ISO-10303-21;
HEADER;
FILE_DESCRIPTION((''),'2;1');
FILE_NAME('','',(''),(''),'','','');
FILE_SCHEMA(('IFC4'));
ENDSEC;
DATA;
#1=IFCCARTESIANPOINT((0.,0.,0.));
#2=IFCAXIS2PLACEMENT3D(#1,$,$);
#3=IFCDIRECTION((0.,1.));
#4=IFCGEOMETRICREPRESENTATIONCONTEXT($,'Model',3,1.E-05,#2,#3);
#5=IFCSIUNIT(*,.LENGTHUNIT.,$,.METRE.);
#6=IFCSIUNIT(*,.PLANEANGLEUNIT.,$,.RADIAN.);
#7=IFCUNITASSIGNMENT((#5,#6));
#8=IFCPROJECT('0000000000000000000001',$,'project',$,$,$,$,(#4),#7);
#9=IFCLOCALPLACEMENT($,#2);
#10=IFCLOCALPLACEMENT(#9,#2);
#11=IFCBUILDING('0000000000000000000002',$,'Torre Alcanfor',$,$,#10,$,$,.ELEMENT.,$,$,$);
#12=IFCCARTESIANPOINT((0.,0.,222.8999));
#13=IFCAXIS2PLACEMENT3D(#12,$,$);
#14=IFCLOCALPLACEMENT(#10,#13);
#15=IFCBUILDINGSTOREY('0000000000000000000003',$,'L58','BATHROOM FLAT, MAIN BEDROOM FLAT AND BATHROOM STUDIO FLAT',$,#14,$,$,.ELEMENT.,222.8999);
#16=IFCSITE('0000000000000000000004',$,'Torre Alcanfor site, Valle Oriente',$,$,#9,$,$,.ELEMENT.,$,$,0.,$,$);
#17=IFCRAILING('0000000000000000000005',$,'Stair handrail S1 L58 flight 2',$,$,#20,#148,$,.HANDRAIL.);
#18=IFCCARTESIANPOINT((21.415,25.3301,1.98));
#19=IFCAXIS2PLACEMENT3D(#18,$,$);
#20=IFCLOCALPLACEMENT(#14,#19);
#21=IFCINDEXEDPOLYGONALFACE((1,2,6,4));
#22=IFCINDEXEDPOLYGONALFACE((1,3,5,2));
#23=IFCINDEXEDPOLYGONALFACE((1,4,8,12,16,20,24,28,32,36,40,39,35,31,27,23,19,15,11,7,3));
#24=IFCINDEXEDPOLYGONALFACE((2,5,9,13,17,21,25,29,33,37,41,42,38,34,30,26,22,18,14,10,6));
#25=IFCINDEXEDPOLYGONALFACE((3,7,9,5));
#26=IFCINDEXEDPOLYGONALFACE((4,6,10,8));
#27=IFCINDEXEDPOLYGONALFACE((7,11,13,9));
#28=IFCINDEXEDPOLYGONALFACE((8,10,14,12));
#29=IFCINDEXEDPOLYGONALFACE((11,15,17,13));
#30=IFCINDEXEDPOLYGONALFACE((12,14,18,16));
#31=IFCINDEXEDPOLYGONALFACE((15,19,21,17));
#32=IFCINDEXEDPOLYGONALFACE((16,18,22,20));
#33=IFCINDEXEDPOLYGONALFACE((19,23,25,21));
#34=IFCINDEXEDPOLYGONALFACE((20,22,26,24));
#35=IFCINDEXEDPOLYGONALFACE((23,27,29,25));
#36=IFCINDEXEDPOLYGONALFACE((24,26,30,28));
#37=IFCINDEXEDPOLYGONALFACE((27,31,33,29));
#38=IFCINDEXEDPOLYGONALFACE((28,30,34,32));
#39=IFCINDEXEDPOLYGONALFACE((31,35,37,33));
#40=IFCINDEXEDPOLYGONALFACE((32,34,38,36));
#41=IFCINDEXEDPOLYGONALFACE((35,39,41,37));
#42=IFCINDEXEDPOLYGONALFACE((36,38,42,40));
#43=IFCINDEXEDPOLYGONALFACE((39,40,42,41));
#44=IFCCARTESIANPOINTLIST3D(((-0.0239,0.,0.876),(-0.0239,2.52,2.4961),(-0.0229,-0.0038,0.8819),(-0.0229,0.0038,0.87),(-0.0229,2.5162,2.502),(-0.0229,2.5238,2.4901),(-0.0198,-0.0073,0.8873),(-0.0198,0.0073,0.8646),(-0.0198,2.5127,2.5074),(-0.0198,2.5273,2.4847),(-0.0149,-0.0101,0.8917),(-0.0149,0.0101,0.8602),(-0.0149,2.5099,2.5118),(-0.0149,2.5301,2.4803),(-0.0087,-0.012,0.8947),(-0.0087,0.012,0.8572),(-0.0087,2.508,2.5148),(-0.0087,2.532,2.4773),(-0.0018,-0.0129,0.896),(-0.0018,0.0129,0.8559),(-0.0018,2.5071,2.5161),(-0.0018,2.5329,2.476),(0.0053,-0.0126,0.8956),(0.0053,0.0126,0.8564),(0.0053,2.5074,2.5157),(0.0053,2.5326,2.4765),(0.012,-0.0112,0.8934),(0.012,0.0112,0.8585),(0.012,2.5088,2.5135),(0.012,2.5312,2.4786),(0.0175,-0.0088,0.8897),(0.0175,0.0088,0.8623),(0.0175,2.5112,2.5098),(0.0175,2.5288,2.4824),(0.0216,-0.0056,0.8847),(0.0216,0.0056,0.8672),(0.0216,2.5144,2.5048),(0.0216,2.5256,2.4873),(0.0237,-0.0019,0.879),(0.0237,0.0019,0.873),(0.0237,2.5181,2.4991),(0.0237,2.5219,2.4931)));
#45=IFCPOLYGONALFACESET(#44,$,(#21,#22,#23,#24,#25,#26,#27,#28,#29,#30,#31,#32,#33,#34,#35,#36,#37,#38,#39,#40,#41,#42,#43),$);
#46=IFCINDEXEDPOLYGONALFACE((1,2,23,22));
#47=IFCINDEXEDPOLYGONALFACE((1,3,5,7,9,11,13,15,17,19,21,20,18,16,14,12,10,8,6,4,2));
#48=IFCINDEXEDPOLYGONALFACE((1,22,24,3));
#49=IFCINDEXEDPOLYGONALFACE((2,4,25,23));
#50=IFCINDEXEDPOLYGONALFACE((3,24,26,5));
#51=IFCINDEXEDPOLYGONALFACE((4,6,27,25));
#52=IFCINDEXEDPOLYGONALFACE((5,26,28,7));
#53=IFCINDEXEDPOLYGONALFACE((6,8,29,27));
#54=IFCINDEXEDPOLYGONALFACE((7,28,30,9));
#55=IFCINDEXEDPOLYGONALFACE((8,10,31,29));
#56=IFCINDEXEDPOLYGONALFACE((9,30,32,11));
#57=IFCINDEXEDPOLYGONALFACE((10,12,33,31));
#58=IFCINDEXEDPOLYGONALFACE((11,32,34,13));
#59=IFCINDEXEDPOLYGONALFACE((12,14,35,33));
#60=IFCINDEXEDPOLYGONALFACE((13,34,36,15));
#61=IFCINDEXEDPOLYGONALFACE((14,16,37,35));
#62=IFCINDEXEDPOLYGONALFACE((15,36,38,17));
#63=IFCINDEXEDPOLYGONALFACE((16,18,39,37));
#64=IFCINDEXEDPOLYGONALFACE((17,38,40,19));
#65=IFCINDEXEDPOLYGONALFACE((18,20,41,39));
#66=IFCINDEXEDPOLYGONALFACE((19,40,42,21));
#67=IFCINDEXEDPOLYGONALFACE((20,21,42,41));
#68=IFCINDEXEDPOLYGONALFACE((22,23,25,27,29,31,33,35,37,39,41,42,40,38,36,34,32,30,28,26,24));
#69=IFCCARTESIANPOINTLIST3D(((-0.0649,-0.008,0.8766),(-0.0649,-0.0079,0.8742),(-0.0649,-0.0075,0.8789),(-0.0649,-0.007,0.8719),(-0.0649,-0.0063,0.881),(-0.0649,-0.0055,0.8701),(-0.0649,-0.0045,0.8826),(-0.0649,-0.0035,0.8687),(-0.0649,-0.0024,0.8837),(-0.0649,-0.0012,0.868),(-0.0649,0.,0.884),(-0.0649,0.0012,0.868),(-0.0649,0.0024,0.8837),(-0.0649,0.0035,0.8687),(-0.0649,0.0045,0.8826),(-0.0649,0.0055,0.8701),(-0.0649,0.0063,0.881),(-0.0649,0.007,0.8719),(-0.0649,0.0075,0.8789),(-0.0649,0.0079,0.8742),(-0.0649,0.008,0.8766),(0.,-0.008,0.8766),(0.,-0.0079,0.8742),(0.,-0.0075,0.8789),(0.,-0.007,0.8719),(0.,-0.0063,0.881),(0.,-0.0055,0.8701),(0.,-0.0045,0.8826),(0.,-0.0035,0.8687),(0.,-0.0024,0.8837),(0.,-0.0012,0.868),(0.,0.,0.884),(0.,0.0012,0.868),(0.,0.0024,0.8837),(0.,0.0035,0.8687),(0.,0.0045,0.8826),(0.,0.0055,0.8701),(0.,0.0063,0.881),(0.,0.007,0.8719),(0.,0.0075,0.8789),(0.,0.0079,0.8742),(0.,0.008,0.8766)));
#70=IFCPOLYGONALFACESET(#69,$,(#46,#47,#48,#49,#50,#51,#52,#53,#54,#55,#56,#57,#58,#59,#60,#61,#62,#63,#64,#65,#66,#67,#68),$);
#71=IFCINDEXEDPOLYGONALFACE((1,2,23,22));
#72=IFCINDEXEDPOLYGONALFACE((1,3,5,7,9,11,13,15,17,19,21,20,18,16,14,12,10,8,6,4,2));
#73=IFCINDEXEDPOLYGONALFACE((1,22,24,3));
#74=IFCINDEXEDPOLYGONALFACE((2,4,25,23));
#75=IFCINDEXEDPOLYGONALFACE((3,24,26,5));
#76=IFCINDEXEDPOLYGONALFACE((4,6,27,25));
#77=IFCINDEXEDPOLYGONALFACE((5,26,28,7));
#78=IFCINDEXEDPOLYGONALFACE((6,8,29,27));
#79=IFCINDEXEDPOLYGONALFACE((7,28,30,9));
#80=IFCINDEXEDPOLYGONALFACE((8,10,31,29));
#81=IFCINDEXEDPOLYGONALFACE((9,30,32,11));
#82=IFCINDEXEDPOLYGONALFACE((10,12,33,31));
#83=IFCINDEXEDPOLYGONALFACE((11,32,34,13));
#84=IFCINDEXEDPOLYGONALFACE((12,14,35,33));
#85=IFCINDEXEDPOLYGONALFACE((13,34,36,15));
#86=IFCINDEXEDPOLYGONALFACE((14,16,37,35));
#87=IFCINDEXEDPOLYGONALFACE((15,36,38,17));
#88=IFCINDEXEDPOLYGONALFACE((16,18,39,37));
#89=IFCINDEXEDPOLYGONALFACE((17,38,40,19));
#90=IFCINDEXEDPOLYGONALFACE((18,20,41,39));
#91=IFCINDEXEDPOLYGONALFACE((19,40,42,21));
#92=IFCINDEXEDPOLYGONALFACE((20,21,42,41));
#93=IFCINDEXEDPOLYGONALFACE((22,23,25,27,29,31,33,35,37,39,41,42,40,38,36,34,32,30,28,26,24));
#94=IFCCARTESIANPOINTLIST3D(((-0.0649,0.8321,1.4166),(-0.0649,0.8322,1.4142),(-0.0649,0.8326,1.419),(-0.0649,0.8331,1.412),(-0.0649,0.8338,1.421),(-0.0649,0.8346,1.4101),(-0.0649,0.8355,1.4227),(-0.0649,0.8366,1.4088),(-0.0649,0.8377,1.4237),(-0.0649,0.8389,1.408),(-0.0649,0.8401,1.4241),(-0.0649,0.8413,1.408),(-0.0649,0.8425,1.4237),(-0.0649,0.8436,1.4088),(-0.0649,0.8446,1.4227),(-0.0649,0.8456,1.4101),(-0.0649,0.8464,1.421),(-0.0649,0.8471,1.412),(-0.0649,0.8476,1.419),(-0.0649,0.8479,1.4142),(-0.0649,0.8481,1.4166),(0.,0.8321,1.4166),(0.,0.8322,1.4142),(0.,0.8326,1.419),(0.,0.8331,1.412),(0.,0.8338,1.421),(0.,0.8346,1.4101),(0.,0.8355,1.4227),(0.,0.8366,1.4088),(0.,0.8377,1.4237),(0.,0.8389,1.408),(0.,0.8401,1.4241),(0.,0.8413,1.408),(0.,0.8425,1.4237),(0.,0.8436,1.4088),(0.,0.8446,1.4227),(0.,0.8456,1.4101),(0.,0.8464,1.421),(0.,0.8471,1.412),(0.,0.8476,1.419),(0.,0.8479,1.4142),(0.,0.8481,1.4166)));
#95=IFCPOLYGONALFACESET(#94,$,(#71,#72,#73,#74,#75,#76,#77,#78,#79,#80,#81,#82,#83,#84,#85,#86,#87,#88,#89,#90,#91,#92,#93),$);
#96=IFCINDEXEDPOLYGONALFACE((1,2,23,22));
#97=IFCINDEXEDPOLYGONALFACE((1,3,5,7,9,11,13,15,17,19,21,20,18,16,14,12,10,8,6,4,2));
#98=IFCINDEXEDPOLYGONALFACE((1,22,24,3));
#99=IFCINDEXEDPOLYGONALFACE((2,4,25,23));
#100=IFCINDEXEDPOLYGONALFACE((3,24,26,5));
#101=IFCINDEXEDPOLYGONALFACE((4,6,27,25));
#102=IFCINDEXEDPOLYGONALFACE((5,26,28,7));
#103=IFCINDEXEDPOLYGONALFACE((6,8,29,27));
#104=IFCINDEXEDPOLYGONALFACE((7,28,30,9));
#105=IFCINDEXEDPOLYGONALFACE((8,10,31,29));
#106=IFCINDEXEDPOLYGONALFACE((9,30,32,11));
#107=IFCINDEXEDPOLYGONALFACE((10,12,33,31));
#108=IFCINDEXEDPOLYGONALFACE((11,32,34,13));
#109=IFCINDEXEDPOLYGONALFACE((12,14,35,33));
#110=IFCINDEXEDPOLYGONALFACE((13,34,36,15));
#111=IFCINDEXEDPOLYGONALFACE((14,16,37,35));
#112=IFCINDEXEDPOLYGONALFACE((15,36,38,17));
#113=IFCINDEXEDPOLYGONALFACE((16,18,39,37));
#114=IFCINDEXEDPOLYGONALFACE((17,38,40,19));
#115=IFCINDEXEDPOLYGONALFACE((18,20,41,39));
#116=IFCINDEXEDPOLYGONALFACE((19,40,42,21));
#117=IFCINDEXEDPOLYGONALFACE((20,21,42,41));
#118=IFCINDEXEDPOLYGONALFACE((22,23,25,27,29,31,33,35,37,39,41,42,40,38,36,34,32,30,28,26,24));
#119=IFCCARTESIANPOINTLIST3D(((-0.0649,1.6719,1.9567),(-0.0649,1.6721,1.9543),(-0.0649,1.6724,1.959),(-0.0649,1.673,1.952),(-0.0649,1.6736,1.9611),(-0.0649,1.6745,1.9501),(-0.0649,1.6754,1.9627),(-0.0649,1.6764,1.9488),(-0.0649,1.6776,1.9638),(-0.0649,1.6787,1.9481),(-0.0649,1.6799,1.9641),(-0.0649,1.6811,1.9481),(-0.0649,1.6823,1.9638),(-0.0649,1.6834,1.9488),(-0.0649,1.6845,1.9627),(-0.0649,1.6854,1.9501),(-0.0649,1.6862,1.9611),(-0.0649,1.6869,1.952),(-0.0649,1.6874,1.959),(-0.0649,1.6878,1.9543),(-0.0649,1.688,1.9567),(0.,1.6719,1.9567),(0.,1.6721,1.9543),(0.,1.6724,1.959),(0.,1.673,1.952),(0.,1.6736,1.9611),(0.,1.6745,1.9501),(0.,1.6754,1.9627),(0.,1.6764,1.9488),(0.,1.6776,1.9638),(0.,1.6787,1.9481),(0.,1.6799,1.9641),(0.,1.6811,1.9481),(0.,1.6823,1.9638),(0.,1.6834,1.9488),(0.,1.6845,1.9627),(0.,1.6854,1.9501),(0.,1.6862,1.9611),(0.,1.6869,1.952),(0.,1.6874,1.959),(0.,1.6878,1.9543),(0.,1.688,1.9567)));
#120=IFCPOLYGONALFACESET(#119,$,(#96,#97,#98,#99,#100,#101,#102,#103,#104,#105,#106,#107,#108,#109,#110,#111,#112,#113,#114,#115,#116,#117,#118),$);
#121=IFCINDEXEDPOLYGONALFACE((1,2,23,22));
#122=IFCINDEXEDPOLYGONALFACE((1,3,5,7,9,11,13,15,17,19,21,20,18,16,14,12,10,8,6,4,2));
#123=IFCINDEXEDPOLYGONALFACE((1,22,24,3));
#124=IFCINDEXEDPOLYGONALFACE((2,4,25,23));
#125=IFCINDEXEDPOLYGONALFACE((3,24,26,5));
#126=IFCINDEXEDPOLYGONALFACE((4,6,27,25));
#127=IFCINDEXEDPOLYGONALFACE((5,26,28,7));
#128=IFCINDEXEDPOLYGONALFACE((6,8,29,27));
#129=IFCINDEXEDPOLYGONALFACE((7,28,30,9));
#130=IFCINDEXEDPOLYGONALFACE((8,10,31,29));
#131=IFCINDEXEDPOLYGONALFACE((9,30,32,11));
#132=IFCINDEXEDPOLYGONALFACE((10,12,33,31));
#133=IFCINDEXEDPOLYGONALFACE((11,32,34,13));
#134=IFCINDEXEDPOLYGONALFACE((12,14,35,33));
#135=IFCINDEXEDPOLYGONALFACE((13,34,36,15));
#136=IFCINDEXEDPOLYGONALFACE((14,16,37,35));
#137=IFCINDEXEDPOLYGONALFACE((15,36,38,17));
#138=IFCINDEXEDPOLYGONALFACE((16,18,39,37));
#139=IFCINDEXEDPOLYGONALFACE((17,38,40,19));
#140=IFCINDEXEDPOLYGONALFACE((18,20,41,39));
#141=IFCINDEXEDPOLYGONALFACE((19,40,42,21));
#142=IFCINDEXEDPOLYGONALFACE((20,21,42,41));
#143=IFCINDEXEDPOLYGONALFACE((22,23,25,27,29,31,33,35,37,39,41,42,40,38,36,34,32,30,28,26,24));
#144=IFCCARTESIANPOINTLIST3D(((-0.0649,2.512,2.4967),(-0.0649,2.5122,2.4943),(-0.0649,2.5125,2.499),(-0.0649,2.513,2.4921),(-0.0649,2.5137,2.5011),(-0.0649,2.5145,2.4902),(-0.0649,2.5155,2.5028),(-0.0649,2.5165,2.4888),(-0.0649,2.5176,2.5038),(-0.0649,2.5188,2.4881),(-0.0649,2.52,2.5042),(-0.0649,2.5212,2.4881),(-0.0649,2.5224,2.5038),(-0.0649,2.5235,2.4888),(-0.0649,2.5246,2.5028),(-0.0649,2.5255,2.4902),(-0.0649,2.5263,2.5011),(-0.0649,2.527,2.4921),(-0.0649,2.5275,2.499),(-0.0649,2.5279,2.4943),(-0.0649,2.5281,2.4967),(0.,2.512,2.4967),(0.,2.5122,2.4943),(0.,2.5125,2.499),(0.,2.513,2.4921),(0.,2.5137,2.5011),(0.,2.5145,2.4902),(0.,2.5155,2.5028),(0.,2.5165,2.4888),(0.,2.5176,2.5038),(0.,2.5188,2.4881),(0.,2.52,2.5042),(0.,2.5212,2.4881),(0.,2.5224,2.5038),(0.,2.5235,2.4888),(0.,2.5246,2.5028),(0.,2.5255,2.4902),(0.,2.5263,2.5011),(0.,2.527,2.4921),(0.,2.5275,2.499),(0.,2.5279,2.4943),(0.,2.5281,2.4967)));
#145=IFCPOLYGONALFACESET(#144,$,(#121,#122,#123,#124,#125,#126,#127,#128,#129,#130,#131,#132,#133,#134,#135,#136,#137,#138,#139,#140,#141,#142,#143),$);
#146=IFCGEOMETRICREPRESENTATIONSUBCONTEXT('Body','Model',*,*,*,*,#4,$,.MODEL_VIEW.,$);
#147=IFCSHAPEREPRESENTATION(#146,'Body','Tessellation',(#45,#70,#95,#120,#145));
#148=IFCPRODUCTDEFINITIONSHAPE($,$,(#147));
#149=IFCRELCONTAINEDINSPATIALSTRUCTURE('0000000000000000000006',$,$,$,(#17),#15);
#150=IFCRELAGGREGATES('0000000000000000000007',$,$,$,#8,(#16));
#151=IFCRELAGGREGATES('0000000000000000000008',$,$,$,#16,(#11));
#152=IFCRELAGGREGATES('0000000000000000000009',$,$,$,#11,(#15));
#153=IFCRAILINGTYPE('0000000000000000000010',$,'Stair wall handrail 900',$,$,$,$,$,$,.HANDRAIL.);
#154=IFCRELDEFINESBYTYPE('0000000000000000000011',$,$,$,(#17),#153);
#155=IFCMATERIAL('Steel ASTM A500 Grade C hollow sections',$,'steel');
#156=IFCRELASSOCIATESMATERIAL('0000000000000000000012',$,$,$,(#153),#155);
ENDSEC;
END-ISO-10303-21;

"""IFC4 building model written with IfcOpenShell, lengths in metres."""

from ifc_helpers import new_model, si_unit, direction, frame, origin, origin_2d, place, context, subcontext, project, spatial, circle, extrude, material, type_object, element, save


model = new_model("IFC4")

# Units and contexts
model_context = context("Model", 3, precision=1e-05, world=origin(), true_north=direction((0.0, 1.0)))
body_context = subcontext(model_context, "Body", "Model", "MODEL_VIEW")
ifc_project = project(units=[si_unit("LENGTHUNIT", "METRE"), si_unit("PLANEANGLEUNIT", "RADIAN")], contexts=[model_context])

# Site, building, storey
site_placement = place(None, origin())
site = spatial("IfcSite", under=ifc_project, at=site_placement, Name="Torre Alcanfor site, Valle Oriente", CompositionType="ELEMENT", RefElevation=0.0)
building_placement = place(site_placement, origin())
building = spatial("IfcBuilding", under=site, at=building_placement, Name="Torre Alcanfor", CompositionType="ELEMENT")
storey_placement = place(building_placement, frame((0.0, 0.0, 222.8999)))
storey = spatial("IfcBuildingStorey", under=building, at=storey_placement, Name="L58", Description="BATHROOM FLAT, MAIN BEDROOM FLAT AND BATHROOM STUDIO FLAT", CompositionType="ELEMENT", Elevation=222.8999)

# Railing
ifc_material_1 = material(Name="Steel ASTM A500 Grade C hollow sections", Category="steel")
railing_type_1 = type_object("IfcRailingType", Name="Stair wall handrail 900", PredefinedType="HANDRAIL", material=ifc_material_1)
railing_1_placement = place(storey_placement, frame((21.415, 25.3301, 1.98)))
element("IfcRailing", 1, at=railing_1_placement, inside=storey, type_object=railing_type_1, Name="Stair handrail S1 L58 flight 2", PredefinedType="HANDRAIL", context=body_context, shape_type="SweptSolid", body=[
    extrude(circle(Radius=0.0239, at=origin_2d()), frame((0.0, 0.0, 0.876), z_axis=(0.0, 0.841163, 0.540782), x_axis=(-1.0, 0.0, 0.0)), (0.0, 0.0, 1.0), 2.9958),
    extrude(circle(Radius=0.0081, at=origin_2d()), frame((0.0, 0.0, 0.876), z_axis=(-1.0, 0.0, 0.0), x_axis=(0.0, 0.0, 1.0)), (0.0, 0.0, 1.0), 0.0649),
    extrude(circle(Radius=0.0081, at=origin_2d()), frame((0.0, 0.8401, 1.416), z_axis=(-1.0, 0.0, 0.0), x_axis=(0.0, 0.0, 1.0)), (0.0, 0.0, 1.0), 0.0649),
    extrude(circle(Radius=0.0081, at=origin_2d()), frame((0.0, 1.6799, 1.9561), z_axis=(-1.0, 0.0, 0.0), x_axis=(0.0, 0.0, 1.0)), (0.0, 0.0, 1.0), 0.0649),
    extrude(circle(Radius=0.0081, at=origin_2d()), frame((0.0, 2.52, 2.4961), z_axis=(-1.0, 0.0, 0.0), x_axis=(0.0, 0.0, 1.0)), (0.0, 0.0, 1.0), 0.0649),
])

save(model, "model.ifc")
